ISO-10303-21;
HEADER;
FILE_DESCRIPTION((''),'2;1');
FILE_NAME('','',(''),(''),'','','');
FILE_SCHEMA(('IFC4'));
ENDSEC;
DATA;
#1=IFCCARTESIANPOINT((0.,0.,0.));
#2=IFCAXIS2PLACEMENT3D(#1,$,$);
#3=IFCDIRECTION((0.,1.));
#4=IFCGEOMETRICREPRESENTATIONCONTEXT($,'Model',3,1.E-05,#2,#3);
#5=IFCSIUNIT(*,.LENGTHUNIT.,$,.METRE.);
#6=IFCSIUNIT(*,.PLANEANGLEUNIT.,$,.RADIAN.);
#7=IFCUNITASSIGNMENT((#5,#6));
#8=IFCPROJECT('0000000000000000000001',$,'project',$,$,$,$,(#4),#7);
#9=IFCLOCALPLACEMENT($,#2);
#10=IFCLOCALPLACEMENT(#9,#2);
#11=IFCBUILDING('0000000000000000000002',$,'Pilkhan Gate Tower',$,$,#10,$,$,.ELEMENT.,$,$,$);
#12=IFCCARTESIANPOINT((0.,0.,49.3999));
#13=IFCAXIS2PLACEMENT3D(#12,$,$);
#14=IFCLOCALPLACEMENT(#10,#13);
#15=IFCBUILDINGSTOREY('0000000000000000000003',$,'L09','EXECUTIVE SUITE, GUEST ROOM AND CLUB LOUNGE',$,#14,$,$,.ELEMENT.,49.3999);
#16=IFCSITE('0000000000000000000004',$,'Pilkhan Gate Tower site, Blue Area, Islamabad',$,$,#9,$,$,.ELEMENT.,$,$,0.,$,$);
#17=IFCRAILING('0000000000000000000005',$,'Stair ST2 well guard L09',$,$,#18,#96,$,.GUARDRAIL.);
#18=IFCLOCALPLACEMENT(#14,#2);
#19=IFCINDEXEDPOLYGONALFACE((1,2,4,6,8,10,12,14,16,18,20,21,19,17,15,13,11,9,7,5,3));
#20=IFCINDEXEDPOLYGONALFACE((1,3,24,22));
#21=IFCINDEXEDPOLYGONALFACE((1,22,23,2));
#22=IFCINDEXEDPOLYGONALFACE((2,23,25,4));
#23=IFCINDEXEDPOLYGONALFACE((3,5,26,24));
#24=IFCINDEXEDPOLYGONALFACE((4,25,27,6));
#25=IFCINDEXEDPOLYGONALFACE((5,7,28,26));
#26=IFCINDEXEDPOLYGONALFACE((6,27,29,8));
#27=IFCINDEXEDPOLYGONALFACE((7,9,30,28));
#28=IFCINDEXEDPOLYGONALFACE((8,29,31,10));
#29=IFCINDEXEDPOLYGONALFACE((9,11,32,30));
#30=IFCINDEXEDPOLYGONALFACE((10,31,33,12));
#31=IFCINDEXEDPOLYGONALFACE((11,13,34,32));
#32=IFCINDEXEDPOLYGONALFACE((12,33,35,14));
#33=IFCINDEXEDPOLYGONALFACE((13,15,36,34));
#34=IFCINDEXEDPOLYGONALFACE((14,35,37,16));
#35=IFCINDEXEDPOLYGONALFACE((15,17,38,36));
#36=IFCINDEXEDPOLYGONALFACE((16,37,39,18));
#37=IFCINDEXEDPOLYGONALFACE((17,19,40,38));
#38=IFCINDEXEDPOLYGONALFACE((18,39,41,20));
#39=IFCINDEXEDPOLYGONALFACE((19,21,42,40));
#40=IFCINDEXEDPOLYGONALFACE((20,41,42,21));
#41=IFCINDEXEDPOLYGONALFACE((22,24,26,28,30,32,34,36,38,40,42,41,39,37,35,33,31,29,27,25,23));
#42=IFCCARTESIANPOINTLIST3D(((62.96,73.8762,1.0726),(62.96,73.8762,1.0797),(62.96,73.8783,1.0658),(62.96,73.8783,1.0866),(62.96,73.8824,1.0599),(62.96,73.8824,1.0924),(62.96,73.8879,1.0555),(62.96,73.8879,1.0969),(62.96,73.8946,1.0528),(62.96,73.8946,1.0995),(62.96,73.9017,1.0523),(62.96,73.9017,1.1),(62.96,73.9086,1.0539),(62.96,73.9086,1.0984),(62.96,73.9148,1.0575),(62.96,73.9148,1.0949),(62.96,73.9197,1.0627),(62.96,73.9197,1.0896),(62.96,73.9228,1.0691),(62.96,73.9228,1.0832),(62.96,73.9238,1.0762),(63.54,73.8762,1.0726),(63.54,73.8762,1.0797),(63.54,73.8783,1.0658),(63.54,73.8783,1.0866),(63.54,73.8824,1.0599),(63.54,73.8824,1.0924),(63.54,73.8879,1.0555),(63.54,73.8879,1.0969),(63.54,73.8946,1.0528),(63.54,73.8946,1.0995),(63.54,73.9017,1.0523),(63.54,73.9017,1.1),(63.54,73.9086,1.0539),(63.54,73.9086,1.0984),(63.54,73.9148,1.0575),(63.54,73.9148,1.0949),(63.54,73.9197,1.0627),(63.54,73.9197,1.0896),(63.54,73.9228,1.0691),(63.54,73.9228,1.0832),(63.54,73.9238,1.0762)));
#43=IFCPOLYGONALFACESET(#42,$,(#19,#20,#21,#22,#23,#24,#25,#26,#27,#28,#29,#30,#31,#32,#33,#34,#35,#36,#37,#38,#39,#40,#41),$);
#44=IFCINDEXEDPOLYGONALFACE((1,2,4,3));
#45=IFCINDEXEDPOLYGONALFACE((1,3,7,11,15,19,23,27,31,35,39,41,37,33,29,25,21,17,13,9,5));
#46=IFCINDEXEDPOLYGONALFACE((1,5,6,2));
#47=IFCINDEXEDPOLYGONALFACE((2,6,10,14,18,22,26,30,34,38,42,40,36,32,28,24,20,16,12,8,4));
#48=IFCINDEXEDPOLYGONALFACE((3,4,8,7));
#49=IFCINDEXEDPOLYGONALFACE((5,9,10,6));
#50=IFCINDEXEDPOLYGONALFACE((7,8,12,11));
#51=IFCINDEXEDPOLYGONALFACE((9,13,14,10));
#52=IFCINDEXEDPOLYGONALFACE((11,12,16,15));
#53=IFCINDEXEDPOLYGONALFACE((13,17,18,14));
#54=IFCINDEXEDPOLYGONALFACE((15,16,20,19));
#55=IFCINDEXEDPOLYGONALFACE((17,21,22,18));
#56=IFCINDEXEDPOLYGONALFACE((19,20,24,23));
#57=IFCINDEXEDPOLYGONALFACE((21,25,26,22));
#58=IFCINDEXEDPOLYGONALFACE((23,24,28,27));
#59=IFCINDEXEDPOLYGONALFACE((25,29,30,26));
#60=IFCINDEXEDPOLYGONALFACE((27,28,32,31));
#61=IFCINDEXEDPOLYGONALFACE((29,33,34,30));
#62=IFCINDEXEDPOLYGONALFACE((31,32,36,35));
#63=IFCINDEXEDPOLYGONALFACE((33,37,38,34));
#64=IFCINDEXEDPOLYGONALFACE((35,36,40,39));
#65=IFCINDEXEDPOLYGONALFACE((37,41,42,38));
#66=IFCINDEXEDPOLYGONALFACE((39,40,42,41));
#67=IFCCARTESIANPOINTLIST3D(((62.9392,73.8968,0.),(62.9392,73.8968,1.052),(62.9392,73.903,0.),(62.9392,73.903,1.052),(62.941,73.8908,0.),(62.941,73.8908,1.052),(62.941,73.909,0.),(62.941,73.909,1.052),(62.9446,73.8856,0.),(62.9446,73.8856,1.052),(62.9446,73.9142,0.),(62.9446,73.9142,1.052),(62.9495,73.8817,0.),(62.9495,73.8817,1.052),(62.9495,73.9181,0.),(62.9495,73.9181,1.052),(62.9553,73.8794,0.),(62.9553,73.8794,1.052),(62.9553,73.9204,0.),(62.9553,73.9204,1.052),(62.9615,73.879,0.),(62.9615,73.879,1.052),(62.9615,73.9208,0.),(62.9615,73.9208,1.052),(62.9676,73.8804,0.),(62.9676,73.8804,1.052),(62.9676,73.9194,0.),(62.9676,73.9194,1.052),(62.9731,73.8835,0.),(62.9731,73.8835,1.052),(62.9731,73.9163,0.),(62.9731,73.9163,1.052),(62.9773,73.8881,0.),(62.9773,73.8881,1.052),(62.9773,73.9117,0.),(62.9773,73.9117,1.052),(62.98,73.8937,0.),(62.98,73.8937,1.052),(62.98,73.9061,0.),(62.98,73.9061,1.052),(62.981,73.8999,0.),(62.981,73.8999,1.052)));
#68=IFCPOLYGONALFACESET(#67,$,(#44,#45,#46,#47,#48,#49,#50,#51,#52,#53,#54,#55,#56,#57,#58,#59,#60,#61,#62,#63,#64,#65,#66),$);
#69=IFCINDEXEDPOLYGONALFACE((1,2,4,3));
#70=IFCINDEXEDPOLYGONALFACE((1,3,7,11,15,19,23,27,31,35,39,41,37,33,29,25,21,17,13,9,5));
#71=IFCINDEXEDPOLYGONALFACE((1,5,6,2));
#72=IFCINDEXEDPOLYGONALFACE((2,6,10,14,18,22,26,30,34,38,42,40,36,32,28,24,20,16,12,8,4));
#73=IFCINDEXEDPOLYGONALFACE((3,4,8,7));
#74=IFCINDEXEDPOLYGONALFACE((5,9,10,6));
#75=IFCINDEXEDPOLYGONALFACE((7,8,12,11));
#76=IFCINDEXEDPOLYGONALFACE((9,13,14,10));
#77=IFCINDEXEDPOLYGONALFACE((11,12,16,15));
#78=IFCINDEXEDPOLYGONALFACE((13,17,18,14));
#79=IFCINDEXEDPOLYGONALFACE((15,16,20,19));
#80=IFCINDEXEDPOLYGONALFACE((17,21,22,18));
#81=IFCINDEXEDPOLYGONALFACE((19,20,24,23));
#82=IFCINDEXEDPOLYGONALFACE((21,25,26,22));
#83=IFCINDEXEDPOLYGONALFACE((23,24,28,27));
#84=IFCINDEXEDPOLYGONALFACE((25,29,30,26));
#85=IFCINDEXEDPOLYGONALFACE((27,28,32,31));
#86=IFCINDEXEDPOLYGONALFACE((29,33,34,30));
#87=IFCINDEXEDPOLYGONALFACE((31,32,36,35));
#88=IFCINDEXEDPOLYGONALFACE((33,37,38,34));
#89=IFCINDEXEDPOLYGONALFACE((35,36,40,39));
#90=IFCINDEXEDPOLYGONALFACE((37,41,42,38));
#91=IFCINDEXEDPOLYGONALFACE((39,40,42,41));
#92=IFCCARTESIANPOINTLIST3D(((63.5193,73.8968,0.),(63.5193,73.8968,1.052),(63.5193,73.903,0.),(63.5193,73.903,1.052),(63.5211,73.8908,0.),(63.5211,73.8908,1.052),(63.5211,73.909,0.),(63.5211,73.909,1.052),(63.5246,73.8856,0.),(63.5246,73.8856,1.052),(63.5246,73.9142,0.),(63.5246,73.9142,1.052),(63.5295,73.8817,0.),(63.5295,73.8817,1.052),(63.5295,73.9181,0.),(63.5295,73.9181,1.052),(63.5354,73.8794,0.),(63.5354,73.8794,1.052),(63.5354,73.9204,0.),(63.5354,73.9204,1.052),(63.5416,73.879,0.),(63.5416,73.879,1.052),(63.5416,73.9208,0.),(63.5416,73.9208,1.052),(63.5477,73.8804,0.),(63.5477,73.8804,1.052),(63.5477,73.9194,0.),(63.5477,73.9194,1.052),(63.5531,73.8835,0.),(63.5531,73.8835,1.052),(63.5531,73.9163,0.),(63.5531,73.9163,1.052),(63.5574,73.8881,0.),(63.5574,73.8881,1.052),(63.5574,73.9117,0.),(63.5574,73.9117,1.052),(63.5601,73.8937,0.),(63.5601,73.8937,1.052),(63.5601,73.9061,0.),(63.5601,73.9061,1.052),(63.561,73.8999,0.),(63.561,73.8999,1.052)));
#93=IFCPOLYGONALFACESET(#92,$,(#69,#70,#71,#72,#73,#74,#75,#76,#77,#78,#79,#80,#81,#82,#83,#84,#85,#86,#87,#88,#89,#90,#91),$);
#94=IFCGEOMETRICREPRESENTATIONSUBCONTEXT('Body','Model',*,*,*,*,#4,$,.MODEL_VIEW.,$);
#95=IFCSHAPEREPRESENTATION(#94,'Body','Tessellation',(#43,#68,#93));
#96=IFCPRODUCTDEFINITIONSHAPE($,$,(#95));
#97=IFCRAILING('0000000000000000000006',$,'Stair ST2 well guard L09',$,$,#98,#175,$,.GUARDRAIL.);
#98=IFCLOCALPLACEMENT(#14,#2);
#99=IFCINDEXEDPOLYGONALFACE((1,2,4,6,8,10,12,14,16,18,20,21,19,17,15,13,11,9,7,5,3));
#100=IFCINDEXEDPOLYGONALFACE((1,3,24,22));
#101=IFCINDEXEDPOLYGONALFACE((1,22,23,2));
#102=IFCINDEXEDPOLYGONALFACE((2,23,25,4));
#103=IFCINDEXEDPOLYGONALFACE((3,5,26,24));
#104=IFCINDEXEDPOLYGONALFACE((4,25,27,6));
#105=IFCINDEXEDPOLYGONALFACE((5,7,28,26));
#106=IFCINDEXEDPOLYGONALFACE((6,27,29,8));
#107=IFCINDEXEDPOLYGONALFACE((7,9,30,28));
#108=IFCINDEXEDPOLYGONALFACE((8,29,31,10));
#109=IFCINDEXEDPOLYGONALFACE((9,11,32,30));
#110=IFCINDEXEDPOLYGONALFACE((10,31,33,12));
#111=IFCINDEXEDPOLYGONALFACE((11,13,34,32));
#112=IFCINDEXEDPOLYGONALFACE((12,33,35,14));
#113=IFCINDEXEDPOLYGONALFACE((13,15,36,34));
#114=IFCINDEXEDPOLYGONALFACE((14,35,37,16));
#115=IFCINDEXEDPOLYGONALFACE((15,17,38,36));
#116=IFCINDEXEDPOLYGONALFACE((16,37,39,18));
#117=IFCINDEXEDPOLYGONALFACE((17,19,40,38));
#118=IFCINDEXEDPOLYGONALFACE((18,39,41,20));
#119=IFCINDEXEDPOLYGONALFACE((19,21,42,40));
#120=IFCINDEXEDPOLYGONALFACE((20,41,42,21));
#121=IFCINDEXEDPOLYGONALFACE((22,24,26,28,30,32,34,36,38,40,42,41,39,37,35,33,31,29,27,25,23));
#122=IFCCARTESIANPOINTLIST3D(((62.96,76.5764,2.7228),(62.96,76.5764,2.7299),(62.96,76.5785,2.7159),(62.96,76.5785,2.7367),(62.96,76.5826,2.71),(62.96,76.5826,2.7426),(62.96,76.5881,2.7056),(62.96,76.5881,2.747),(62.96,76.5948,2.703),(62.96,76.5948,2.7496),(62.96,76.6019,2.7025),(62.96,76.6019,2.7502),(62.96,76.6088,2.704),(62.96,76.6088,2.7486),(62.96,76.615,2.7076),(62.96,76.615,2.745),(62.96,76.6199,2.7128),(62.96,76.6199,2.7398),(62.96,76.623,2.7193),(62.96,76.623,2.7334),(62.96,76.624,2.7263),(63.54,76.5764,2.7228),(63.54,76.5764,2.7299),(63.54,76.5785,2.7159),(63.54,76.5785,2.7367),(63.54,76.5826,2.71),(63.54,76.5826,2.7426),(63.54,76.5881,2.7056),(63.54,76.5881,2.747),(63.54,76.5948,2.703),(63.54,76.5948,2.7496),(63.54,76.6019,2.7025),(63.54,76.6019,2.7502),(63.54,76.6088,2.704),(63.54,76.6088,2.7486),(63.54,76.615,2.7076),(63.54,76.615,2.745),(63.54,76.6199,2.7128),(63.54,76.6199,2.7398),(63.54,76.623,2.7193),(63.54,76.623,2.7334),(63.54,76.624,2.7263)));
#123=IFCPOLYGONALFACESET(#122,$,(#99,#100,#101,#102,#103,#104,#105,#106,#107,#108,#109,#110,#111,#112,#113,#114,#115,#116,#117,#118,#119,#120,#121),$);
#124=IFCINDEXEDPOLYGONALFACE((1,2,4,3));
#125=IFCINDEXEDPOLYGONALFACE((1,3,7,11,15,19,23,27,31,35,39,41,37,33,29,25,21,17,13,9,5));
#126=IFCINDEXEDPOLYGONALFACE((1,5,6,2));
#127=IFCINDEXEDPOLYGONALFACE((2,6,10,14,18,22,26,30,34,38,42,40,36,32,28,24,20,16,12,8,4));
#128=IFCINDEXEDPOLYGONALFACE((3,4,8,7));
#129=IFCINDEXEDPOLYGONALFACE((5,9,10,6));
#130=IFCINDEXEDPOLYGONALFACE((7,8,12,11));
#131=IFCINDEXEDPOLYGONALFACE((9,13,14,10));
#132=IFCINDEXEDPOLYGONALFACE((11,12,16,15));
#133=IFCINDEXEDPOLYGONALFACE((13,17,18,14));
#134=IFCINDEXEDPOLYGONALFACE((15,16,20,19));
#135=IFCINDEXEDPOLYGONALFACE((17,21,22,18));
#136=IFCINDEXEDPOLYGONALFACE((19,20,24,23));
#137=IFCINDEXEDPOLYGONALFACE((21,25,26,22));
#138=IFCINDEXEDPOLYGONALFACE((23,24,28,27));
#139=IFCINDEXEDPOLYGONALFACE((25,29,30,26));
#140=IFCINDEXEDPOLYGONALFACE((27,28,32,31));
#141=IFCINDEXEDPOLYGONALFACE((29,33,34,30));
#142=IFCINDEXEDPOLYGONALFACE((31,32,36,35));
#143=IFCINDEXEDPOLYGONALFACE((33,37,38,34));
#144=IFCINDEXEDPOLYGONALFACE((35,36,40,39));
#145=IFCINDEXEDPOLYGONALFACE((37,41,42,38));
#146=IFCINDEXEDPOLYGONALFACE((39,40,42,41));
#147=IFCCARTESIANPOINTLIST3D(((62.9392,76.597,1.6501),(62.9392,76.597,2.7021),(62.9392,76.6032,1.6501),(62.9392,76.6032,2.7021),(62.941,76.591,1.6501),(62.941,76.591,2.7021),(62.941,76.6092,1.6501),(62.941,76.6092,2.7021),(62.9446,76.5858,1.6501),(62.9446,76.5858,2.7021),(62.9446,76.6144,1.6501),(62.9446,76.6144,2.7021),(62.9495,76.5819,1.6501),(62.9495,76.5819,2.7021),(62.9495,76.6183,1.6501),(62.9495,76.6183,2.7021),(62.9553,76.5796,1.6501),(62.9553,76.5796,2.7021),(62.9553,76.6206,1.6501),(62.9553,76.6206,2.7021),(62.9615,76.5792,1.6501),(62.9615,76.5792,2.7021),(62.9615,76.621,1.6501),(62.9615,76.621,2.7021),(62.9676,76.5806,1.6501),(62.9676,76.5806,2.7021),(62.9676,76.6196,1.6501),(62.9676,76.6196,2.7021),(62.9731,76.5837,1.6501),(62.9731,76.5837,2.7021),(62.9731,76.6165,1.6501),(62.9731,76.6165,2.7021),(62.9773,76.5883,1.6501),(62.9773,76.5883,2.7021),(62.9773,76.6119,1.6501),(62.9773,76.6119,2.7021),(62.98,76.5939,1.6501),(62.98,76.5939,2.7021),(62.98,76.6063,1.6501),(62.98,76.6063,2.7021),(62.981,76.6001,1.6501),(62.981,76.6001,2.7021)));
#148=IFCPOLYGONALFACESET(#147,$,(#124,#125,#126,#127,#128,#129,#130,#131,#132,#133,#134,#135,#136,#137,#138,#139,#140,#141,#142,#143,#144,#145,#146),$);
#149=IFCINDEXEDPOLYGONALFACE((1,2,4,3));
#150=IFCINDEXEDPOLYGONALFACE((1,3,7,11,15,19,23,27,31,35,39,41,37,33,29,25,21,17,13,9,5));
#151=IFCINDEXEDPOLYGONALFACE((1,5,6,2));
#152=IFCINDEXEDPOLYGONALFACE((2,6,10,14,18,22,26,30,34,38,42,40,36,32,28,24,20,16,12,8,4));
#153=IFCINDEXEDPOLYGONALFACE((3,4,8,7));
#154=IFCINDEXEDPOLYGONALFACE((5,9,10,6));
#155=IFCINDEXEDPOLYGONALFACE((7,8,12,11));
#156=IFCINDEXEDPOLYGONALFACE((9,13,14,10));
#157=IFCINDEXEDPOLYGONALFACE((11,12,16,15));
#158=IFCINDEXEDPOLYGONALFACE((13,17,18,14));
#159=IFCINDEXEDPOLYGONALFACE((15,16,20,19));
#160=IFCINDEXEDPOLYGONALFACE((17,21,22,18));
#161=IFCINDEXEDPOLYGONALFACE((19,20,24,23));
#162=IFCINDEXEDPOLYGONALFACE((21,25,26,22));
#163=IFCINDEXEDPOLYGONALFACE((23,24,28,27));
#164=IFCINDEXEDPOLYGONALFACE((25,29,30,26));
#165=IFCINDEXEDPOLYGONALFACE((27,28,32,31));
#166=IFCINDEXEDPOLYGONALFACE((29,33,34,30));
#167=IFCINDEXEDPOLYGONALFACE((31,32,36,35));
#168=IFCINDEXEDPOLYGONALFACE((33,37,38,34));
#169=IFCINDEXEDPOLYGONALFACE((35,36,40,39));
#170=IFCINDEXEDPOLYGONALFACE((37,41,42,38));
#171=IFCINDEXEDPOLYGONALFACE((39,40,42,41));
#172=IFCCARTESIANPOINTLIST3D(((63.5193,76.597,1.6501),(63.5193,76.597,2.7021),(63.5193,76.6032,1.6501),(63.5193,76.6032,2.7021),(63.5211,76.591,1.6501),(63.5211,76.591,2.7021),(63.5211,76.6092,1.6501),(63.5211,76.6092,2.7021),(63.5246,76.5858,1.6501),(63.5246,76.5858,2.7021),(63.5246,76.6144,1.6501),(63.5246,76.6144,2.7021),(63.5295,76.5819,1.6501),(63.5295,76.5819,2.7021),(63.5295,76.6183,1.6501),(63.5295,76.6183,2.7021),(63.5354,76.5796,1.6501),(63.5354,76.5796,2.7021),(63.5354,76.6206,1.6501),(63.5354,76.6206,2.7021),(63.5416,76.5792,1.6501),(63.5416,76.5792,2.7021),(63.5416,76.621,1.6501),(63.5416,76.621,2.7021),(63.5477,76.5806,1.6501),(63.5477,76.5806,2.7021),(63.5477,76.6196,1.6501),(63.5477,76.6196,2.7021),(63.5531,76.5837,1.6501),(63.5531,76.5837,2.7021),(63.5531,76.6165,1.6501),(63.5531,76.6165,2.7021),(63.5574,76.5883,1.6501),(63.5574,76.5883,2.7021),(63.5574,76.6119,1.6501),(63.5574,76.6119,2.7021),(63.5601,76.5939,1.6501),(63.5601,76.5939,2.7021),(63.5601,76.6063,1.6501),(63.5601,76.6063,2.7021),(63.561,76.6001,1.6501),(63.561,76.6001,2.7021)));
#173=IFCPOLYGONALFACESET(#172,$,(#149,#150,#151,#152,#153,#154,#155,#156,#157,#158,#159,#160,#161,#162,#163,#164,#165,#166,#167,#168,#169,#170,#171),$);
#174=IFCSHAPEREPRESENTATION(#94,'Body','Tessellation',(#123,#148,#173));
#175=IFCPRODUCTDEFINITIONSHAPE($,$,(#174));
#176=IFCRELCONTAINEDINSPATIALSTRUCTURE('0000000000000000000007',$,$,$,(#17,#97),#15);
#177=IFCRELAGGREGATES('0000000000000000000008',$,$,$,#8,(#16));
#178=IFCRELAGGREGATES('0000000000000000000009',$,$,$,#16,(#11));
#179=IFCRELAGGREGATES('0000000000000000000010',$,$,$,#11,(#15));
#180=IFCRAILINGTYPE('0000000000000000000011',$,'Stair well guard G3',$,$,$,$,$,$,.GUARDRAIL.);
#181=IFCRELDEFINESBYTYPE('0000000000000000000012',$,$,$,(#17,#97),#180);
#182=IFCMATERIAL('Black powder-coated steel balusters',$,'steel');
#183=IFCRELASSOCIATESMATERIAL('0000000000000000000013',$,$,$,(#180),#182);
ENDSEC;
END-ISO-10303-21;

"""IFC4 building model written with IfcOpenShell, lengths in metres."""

from ifc_helpers import new_model, si_unit, direction, frame, origin, origin_2d, place, context, subcontext, project, spatial, circle, extrude, material, type_object, element, save


model = new_model("IFC4")

# Units and contexts
model_context = context("Model", 3, precision=1e-05, world=origin(), true_north=direction((0.0, 1.0)))
body_context = subcontext(model_context, "Body", "Model", "MODEL_VIEW")
ifc_project = project(units=[si_unit("LENGTHUNIT", "METRE"), si_unit("PLANEANGLEUNIT", "RADIAN")], contexts=[model_context])

# Site, building, storey
site_placement = place(None, origin())
site = spatial("IfcSite", under=ifc_project, at=site_placement, Name="Pilkhan Gate Tower site, Blue Area, Islamabad", CompositionType="ELEMENT", RefElevation=0.0)
building_placement = place(site_placement, origin())
building = spatial("IfcBuilding", under=site, at=building_placement, Name="Pilkhan Gate Tower", CompositionType="ELEMENT")
storey_placement = place(building_placement, frame((0.0, 0.0, 49.3999)))
storey = spatial("IfcBuildingStorey", under=building, at=storey_placement, Name="L09", Description="EXECUTIVE SUITE, GUEST ROOM AND CLUB LOUNGE", CompositionType="ELEMENT", Elevation=49.3999)

# Railings
ifc_material_1 = material(Name="Black powder-coated steel balusters", Category="steel")
railing_type_1 = type_object("IfcRailingType", Name="Stair well guard G3", PredefinedType="GUARDRAIL", material=ifc_material_1)
for number, where, name in (
    (1, (62.96, 73.8999, 0.0), "Stair ST2 well guard L09"),
    (2, (62.96, 76.6001, 1.6501), "Stair ST2 well guard L09"),
):
    element("IfcRailing", number, at=place(storey_placement, frame(where)), inside=storey, type_object=railing_type_1, Name=name, PredefinedType="GUARDRAIL", context=body_context, shape_type="SweptSolid", body=[
        extrude(circle(Radius=0.0239, at=origin_2d()), frame((0.0, 0.0, 1.0762), z_axis=(1.0, 0.0, 0.0), x_axis=(0.0, 1.0, 0.0)), (0.0, 0.0, 1.0), 0.5801),
        extrude(circle(Radius=0.021, at=origin_2d()), origin(), (0.0, 0.0, 1.0), 1.052),
        extrude(circle(Radius=0.021, at=origin_2d()), frame((0.5801, 0.0, 0.0)), (0.0, 0.0, 1.0), 1.052),
    ])

save(model, "model.ifc")
